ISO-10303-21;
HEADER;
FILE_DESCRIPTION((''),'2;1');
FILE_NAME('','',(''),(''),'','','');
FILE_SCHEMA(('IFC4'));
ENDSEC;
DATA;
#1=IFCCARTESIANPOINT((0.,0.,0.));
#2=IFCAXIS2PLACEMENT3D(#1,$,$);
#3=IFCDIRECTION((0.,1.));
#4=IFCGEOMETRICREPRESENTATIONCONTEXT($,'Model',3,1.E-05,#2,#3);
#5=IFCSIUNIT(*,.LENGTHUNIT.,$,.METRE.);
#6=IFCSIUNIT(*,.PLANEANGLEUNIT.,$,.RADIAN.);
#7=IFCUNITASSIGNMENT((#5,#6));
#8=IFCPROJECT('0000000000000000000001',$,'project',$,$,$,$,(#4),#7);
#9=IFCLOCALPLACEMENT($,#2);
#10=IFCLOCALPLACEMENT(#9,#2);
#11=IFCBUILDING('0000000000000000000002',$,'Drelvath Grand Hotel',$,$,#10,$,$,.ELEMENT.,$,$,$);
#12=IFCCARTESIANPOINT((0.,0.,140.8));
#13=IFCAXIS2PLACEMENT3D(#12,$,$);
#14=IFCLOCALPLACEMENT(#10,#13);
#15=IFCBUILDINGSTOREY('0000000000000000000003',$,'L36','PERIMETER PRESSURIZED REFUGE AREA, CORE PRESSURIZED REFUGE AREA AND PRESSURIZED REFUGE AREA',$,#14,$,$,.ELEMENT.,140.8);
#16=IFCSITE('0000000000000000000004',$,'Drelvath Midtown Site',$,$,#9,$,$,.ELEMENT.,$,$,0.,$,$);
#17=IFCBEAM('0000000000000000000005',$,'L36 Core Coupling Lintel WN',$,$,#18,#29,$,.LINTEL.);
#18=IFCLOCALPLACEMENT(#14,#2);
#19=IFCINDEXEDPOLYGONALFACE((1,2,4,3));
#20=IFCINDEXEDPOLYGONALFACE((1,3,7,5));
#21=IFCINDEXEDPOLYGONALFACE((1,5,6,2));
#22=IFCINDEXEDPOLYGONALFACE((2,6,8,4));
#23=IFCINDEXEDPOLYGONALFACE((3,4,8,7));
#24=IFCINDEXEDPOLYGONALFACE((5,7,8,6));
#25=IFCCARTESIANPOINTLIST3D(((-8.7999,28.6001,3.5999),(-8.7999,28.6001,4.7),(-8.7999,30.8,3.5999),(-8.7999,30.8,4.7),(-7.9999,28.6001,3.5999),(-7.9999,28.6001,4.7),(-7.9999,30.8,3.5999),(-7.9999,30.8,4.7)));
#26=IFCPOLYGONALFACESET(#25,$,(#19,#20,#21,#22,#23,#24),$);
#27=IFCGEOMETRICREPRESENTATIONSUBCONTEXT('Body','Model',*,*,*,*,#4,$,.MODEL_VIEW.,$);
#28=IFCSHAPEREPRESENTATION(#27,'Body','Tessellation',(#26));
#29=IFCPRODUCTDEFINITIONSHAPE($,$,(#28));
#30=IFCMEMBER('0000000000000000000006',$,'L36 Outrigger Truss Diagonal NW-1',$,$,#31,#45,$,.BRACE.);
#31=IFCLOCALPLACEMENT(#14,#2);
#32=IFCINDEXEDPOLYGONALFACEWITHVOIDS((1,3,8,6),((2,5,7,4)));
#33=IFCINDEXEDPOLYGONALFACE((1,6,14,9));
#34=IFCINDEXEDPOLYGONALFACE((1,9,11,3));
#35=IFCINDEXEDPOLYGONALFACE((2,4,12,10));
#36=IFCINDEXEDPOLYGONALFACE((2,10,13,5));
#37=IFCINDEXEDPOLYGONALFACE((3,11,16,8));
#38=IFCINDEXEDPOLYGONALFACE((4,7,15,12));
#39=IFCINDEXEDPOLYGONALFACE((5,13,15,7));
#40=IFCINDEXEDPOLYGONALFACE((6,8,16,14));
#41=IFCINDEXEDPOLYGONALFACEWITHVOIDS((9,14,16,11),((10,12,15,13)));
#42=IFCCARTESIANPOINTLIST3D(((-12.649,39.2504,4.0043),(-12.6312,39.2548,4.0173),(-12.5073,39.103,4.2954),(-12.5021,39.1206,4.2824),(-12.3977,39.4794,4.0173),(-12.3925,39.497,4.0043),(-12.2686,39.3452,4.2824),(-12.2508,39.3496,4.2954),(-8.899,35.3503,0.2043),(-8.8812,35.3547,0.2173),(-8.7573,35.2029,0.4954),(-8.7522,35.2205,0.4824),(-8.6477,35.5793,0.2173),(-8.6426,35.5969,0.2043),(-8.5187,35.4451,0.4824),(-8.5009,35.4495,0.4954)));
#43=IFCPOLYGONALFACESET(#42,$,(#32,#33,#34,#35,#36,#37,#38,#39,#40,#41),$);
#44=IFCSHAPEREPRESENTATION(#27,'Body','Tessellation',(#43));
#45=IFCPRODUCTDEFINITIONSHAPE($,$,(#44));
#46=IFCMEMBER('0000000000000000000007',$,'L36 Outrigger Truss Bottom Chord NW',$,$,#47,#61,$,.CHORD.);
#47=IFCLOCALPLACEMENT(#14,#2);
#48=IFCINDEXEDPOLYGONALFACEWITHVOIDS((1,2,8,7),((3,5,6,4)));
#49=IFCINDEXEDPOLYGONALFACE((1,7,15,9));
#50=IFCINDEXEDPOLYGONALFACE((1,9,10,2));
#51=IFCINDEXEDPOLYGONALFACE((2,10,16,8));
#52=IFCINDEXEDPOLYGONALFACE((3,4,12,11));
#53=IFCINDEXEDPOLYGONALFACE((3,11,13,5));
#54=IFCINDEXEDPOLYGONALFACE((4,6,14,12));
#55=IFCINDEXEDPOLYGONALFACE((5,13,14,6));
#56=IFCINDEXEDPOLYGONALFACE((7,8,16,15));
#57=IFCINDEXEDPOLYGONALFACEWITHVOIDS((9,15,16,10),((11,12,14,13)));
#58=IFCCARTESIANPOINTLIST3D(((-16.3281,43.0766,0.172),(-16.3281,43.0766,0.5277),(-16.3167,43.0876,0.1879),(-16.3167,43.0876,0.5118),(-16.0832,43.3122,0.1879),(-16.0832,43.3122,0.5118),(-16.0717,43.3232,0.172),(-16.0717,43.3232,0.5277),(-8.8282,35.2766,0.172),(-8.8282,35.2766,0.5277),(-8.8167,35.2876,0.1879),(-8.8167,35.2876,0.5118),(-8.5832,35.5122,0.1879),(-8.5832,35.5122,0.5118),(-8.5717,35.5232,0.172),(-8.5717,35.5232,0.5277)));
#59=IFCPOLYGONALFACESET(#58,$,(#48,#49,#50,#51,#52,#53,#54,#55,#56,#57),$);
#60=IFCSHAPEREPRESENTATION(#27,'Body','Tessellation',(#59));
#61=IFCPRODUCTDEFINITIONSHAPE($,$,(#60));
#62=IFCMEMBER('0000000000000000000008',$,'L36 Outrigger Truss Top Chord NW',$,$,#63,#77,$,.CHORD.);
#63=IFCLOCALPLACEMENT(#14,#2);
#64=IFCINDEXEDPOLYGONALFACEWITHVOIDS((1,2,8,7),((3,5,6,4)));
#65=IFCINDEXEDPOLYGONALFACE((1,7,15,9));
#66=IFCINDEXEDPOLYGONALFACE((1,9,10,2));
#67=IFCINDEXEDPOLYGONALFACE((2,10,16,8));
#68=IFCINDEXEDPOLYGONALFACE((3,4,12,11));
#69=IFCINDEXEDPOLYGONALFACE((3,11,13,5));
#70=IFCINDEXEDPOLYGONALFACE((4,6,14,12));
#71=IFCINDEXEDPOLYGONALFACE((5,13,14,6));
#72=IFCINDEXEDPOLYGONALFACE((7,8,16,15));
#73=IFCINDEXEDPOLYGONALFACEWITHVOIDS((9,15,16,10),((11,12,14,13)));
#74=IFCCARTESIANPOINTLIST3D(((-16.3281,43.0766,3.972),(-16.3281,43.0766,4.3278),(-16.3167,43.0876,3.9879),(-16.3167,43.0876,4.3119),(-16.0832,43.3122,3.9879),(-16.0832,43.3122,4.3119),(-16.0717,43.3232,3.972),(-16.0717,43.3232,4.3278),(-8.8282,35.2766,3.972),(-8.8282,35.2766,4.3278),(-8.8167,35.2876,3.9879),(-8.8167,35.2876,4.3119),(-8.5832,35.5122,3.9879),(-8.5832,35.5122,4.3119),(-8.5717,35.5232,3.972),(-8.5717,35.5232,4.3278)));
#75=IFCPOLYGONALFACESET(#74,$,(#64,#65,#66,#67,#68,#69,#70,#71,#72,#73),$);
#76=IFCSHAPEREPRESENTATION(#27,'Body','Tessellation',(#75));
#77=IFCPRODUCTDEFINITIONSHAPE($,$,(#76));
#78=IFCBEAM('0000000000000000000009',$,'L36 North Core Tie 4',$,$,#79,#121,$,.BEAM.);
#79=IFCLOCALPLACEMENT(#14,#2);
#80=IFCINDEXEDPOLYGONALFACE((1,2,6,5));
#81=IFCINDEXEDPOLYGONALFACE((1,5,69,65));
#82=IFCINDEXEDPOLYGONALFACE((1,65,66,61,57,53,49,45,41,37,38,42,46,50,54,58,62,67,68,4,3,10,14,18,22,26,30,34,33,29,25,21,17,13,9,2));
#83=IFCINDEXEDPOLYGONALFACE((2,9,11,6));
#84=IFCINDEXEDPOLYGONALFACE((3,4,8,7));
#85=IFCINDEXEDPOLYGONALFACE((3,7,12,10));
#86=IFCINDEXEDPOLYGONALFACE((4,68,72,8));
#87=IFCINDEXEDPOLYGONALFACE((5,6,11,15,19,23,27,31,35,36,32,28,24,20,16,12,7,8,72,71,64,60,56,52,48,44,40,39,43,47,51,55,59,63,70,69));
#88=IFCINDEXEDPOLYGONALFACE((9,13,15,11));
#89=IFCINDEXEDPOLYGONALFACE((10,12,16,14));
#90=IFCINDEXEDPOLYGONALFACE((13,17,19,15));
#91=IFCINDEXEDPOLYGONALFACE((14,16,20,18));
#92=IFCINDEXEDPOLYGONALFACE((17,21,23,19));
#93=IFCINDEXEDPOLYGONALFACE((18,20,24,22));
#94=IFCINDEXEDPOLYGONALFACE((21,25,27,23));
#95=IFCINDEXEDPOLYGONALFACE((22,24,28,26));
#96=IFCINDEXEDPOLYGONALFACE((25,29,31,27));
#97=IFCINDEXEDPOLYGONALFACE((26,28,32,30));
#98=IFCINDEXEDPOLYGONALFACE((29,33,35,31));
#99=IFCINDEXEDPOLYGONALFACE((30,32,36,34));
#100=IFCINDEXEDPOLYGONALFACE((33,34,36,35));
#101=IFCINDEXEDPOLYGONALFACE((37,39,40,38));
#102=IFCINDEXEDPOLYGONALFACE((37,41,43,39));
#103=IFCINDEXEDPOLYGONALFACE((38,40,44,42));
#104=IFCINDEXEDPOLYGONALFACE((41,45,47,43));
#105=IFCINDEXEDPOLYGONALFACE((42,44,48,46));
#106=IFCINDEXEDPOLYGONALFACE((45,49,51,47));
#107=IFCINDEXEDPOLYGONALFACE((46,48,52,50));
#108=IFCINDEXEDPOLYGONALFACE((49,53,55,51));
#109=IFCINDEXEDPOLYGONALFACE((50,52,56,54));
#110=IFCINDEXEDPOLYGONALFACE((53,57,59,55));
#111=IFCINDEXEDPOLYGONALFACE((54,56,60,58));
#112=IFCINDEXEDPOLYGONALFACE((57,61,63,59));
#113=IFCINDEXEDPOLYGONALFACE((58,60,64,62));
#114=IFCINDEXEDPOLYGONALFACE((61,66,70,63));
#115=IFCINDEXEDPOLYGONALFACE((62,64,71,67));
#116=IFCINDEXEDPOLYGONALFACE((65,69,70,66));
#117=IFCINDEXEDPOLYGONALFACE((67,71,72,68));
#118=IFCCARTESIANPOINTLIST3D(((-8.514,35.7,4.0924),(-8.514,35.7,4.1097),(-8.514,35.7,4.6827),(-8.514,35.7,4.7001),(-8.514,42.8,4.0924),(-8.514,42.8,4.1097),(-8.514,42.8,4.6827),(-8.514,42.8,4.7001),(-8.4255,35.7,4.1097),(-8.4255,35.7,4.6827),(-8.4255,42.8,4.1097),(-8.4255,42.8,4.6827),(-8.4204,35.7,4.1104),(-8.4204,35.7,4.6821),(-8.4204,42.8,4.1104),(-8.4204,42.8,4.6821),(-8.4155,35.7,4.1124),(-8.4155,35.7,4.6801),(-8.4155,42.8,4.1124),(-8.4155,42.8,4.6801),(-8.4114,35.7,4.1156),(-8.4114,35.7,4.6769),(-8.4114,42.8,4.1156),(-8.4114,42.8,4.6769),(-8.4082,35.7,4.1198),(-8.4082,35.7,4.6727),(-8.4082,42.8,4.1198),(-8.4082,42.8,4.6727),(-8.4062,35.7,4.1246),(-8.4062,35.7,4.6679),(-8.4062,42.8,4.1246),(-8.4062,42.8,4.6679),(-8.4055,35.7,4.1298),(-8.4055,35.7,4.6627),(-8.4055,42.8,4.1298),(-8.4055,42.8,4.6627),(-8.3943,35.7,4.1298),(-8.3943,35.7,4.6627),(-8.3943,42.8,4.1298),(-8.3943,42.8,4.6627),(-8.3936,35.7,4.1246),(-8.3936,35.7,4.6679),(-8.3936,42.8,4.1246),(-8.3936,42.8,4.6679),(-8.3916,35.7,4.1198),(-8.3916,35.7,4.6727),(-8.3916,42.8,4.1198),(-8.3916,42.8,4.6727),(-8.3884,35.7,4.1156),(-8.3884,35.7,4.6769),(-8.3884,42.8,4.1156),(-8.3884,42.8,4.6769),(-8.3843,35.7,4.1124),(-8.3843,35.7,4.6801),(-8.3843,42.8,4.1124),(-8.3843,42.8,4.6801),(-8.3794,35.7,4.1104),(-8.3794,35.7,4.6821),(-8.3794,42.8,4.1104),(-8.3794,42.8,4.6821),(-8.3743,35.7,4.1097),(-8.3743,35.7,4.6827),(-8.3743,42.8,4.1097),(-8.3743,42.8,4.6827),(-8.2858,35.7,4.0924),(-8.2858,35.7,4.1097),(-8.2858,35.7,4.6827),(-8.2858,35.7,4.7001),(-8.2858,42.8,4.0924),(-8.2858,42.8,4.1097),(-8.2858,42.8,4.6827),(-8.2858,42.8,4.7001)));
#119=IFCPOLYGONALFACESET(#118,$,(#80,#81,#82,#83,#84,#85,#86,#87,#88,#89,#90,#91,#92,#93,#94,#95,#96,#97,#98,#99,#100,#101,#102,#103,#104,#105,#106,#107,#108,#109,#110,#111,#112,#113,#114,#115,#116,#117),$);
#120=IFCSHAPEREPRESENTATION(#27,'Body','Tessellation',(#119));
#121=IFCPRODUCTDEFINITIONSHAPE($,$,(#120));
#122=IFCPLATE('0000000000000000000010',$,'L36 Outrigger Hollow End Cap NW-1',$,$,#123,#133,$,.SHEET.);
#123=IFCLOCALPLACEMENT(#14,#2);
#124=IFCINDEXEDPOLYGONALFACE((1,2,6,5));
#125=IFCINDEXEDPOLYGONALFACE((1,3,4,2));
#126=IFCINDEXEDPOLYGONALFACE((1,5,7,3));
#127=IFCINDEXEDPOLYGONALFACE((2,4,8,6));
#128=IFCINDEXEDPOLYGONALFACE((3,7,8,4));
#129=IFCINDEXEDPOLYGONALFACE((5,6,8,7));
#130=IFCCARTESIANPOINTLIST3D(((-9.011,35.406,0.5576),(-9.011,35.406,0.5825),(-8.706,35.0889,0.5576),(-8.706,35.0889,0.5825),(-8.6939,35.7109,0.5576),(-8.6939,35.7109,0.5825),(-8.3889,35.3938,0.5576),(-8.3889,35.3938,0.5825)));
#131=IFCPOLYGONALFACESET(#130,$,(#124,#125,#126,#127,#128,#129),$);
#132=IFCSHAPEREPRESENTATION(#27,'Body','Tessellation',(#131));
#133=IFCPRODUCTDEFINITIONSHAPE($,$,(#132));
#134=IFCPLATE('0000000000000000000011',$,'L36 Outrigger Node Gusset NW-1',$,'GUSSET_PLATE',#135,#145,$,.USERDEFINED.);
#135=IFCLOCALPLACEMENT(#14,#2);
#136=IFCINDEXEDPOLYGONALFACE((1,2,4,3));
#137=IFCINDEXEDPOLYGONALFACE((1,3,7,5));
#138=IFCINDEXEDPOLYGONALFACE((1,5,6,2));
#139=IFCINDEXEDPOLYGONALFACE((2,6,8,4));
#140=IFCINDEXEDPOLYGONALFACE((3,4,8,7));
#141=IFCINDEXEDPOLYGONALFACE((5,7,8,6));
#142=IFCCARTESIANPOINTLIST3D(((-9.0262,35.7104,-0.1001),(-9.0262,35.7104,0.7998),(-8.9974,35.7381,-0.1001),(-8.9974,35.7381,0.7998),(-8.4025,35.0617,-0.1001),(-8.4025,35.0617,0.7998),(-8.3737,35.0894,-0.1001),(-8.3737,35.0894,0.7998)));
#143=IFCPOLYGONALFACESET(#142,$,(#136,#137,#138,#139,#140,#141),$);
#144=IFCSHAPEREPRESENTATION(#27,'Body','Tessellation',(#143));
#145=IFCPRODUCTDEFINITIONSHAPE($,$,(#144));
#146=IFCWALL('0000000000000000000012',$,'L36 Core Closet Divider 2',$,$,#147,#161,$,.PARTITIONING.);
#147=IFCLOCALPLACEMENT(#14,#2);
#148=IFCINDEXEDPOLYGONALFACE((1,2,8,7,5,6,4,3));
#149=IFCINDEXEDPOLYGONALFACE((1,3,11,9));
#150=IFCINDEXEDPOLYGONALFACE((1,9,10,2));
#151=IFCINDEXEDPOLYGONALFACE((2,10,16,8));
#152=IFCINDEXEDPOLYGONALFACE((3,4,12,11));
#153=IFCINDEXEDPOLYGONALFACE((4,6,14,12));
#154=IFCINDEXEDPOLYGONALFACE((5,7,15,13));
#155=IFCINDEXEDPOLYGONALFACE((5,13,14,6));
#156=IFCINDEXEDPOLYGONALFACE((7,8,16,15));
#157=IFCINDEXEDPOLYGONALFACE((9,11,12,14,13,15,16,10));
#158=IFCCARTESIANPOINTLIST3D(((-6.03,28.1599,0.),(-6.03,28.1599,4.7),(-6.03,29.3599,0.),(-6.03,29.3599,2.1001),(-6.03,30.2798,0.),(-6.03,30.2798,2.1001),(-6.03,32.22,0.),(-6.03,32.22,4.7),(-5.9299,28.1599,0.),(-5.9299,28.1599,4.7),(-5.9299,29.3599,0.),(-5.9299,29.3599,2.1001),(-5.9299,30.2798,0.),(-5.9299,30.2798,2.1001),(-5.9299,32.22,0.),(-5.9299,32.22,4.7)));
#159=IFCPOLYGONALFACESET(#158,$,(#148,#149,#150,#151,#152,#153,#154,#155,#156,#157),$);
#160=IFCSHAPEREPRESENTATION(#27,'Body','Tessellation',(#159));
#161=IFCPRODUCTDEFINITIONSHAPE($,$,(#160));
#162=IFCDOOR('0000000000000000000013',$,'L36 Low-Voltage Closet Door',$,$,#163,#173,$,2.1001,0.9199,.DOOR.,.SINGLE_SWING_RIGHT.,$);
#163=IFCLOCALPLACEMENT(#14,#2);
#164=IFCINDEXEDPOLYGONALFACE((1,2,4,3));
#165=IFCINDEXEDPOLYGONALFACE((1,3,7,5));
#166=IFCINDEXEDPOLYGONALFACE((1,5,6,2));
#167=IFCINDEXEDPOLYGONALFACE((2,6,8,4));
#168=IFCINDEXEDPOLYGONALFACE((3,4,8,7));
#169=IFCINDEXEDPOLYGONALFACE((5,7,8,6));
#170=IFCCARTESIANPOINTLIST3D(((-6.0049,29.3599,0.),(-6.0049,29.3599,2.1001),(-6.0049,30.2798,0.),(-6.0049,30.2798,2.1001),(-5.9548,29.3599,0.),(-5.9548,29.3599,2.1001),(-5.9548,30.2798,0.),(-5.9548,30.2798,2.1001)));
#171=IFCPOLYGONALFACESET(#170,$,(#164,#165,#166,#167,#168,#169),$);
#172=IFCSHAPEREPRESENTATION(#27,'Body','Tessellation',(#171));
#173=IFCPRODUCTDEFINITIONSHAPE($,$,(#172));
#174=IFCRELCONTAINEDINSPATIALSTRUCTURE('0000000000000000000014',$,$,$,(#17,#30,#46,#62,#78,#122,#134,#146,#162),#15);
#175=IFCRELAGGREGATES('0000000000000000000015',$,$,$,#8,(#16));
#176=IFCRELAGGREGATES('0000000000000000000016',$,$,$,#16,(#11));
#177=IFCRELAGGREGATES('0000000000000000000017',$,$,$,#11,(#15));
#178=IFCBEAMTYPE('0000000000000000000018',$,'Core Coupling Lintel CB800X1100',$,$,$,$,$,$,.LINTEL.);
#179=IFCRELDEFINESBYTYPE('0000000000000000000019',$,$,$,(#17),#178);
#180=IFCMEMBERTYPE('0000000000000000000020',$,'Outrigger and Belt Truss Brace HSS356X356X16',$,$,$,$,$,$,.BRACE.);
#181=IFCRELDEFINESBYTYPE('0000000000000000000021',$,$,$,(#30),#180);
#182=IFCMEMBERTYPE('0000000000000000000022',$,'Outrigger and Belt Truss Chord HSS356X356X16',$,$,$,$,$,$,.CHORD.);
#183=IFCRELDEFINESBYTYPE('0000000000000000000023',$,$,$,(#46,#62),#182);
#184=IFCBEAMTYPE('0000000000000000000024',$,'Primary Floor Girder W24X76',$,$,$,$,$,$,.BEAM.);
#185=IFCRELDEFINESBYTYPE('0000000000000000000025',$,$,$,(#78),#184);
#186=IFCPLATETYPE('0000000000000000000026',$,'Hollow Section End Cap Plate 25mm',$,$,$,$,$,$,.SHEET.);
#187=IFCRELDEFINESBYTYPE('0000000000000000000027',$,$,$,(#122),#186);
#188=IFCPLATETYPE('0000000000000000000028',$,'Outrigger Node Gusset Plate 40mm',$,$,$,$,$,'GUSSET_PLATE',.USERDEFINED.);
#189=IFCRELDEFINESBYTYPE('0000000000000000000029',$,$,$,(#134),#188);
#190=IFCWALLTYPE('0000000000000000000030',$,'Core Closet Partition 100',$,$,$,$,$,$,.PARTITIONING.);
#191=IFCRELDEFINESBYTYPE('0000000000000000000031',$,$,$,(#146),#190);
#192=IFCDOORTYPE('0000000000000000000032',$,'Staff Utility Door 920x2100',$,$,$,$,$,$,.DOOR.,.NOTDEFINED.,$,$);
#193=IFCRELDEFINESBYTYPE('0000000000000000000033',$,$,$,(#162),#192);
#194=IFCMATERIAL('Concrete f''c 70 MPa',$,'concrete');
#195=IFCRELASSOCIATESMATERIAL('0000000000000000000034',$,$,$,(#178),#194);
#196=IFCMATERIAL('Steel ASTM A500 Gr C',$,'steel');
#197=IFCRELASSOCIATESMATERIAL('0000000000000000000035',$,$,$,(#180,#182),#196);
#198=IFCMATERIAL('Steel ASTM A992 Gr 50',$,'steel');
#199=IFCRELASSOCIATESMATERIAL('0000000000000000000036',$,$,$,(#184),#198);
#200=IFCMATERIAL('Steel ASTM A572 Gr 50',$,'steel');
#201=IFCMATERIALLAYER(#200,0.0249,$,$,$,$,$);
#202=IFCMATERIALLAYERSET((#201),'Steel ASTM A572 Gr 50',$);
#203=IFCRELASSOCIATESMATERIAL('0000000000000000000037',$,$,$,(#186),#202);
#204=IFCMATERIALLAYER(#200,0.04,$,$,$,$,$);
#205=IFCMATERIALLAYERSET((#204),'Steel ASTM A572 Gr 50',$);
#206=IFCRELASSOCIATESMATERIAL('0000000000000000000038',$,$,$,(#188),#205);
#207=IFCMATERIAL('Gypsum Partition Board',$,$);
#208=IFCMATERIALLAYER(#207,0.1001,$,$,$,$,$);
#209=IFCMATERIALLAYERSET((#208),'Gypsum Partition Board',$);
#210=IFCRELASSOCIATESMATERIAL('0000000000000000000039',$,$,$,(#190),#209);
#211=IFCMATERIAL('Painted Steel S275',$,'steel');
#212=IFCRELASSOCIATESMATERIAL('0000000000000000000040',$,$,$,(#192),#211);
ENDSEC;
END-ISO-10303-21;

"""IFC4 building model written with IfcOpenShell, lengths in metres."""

from ifc_helpers import new_model, si_unit, direction, frame, frame_2d, origin, origin_2d, place, context, subcontext, project, spatial, rectangle, hollow_rectangle, i_section, extrude, material, layer, layer_set, material_profile, profile_set, type_object, element, fill, save


model = new_model("IFC4")

# Units and contexts
model_context = context("Model", 3, precision=1e-05, world=origin(), true_north=direction((0.0, 1.0)))
body_context = subcontext(model_context, "Body", "Model", "MODEL_VIEW")
ifc_project = project(units=[si_unit("LENGTHUNIT", "METRE"), si_unit("PLANEANGLEUNIT", "RADIAN")], contexts=[model_context])

# Site, building, storey
site_placement = place(None, origin())
site = spatial("IfcSite", under=ifc_project, at=site_placement, Name="Drelvath Midtown Site", CompositionType="ELEMENT", RefElevation=0.0)
building_placement = place(site_placement, origin())
building = spatial("IfcBuilding", under=site, at=building_placement, Name="Drelvath Grand Hotel", CompositionType="ELEMENT")
storey_placement = place(building_placement, frame((0.0, 0.0, 140.8)))
storey = spatial("IfcBuildingStorey", under=building, at=storey_placement, Name="L36", Description="PERIMETER PRESSURIZED REFUGE AREA, CORE PRESSURIZED REFUGE AREA AND PRESSURIZED REFUGE AREA", CompositionType="ELEMENT", Elevation=140.8)

# Beam
ifc_material_1 = material(Name="Concrete f'c 70 MPa", Category="concrete")
ifc_material_profile_1 = material_profile(ifc_material_1, rectangle(XDim=0.8, YDim=1.1001, at=origin_2d()), Name="CB800X1100")
ifc_profile_set_1 = profile_set([ifc_material_profile_1], Name="Concrete f'c 70 MPa")
beam_type_1 = type_object("IfcBeamType", Name="Core Coupling Lintel CB800X1100", PredefinedType="LINTEL", material=ifc_profile_set_1)
beam_1_placement = place(storey_placement, frame((-8.3999, 28.6001, 4.1499), z_axis=(0.0, 1.0, 0.0), x_axis=(-1.0, 0.0, 0.0)))
element("IfcBeam", 1, at=beam_1_placement, inside=storey, type_object=beam_type_1, Name="L36 Core Coupling Lintel WN", PredefinedType="LINTEL", context=body_context, shape_type="SweptSolid", body=[
    extrude(rectangle(XDim=0.8, YDim=1.1001, at=origin_2d()), origin(), (0.0, 0.0, 1.0), 2.2),
])

# Members
ifc_material_2 = material(Name="Steel ASTM A500 Gr C", Category="steel")
ifc_material_profile_2 = material_profile(ifc_material_2, hollow_rectangle(XDim=0.3557, YDim=0.3557, WallThickness=0.0159, at=origin_2d()), Name="HSS356X356X16")
ifc_profile_set_2 = profile_set([ifc_material_profile_2], Name="Steel ASTM A500 Gr C")
member_type_1 = type_object("IfcMemberType", Name="Outrigger and Belt Truss Brace HSS356X356X16", PredefinedType="BRACE", material=ifc_profile_set_2)
member_placement = place(storey_placement, frame((-8.7, 35.3999, 0.3499), z_axis=(-0.56718, 0.589889, 0.57475), x_axis=(-0.720846, -0.693095, 0.0)))
element("IfcMember", 2, at=member_placement, inside=storey, type_object=member_type_1, Name="L36 Outrigger Truss Diagonal NW-1", PredefinedType="BRACE", context=body_context, shape_type="SweptSolid", body=[
    extrude(hollow_rectangle(XDim=0.3557, YDim=0.3557, WallThickness=0.0159, at=origin_2d()), origin(), (0.0, 0.0, 1.0), 6.6116),
])
ifc_material_profile_3 = material_profile(ifc_material_2, hollow_rectangle(XDim=0.3557, YDim=0.3557, WallThickness=0.0159, at=origin_2d()), Name="HSS356X356X16")
ifc_profile_set_3 = profile_set([ifc_material_profile_3], Name="Steel ASTM A500 Gr C")
member_type_2 = type_object("IfcMemberType", Name="Outrigger and Belt Truss Chord HSS356X356X16", PredefinedType="CHORD", material=ifc_profile_set_3)
for number, where, z_axis, x_axis, name in (
    (3, (-8.7, 35.3999, 0.3499), (-0.693106, 0.720835, 0.0), (-0.720835, -0.693106, 0.0), "L36 Outrigger Truss Bottom Chord NW"),
    (4, (-8.7, 35.3999, 4.1499), (-0.693106, 0.720835, 0.0), (-0.720835, -0.693106, 0.0), "L36 Outrigger Truss Top Chord NW"),
):
    element("IfcMember", number, at=place(storey_placement, frame(where, z_axis=z_axis, x_axis=x_axis)), inside=storey, type_object=member_type_2, Name=name, PredefinedType="CHORD", context=body_context, shape_type="SweptSolid", body=[
        extrude(hollow_rectangle(XDim=0.3557, YDim=0.3557, WallThickness=0.0159, at=origin_2d()), origin(), (0.0, 0.0, 1.0), 10.8208),
    ])

# Beam
ifc_material_3 = material(Name="Steel ASTM A992 Gr 50", Category="steel")
ifc_material_profile_4 = material_profile(ifc_material_3, i_section(OverallWidth=0.2283, OverallDepth=0.6077, WebThickness=0.0112, FlangeThickness=0.0173, FilletRadius=0.02, at=origin_2d()), Name="W24X76")
ifc_profile_set_4 = profile_set([ifc_material_profile_4], Name="Steel ASTM A992 Gr 50")
beam_type_2 = type_object("IfcBeamType", Name="Primary Floor Girder W24X76", PredefinedType="BEAM", material=ifc_profile_set_4)
beam_2_placement = place(storey_placement, frame((-8.3999, 35.7, 4.3962), z_axis=(0.0, 1.0, 0.0), x_axis=(-1.0, 0.0, 0.0)))
element("IfcBeam", 5, at=beam_2_placement, inside=storey, type_object=beam_type_2, Name="L36 North Core Tie 4", PredefinedType="BEAM", context=body_context, shape_type="SweptSolid", body=[
    extrude(i_section(OverallWidth=0.2283, OverallDepth=0.6077, WebThickness=0.0112, FlangeThickness=0.0173, FilletRadius=0.02, at=origin_2d()), origin(), (0.0, 0.0, 1.0), 7.1001),
])

# Plates
ifc_material_4 = material(Name="Steel ASTM A572 Gr 50", Category="steel")
ifc_layer_1 = layer(ifc_material_4, 0.0249)
ifc_layer_set_1 = layer_set([ifc_layer_1], Name="Steel ASTM A572 Gr 50")
plate_type_1 = type_object("IfcPlateType", Name="Hollow Section End Cap Plate 25mm", PredefinedType="SHEET", material=ifc_layer_set_1)
plate_1_placement = place(storey_placement, frame((-8.7, 35.3999, 0.5576), z_axis=(0.0, 0.0, 1.0), x_axis=(-0.693109, 0.720833, 0.0)))
element("IfcPlate", 6, at=plate_1_placement, inside=storey, type_object=plate_type_1, Name="L36 Outrigger Hollow End Cap NW-1", PredefinedType="SHEET", context=body_context, shape_type="SweptSolid", body=[
    extrude(rectangle(XDim=0.4399, YDim=0.4399, at=origin_2d()), origin(), (0.0, 0.0, 1.0), 0.0249),
])
ifc_layer_2 = layer(ifc_material_4, 0.04)
ifc_layer_set_2 = layer_set([ifc_layer_2], Name="Steel ASTM A572 Gr 50")
plate_type_2 = type_object("IfcPlateType", Name="Outrigger Node Gusset Plate 40mm", ElementType="GUSSET_PLATE", PredefinedType="USERDEFINED", material=ifc_layer_set_2)
plate_2_placement = place(storey_placement, frame((-8.7, 35.3999, -0.1001), z_axis=(0.0, 0.0, 1.0), x_axis=(-0.693109, 0.720833, 0.0)))
element("IfcPlate", 7, at=plate_2_placement, inside=storey, type_object=plate_type_2, Name="L36 Outrigger Node Gusset NW-1", ObjectType="GUSSET_PLATE", PredefinedType="USERDEFINED", context=body_context, shape_type="SweptSolid", body=[
    extrude(rectangle(XDim=0.8999, YDim=0.04, at=origin_2d()), origin(), (0.0, 0.0, 1.0), 0.8999),
])

# Wall, opening, door
ifc_material_5 = material(Name="Gypsum Partition Board")
ifc_layer_3 = layer(ifc_material_5, 0.1001)
ifc_layer_set_3 = layer_set([ifc_layer_3], Name="Gypsum Partition Board")
wall_type_1 = type_object("IfcWallType", Name="Core Closet Partition 100", PredefinedType="PARTITIONING", material=ifc_layer_set_3)
wall_1_placement = place(storey_placement, frame((-5.98, 28.1599, 0.0), z_axis=(0.0, 0.0, 1.0), x_axis=(0.0, 1.0, 0.0)))
wall_1 = element("IfcWall", 8, at=wall_1_placement, inside=storey, type_object=wall_type_1, Name="L36 Core Closet Divider 2", PredefinedType="PARTITIONING", context=body_context, shape_type="SweptSolid", body=[
    extrude(rectangle(XDim=4.0601, YDim=0.1001, at=frame_2d((2.03, 0.0))), origin(), (0.0, 0.0, 1.0), 4.7),
])
opening_1_placement = place(wall_1_placement, frame((1.2, 0.0, 0.0)))
opening_1 = element("IfcOpeningElement", 9, at=opening_1_placement, cuts=wall_1, PredefinedType="OPENING", context=body_context, shape_type="SweptSolid", body=[
    extrude(rectangle(XDim=0.9199, YDim=2.1001, at=frame_2d((0.46, 1.05))), frame((0.0, 0.0601, 0.0), z_axis=(0.0, -1.0, 0.0), x_axis=(1.0, 0.0, 0.0)), (0.0, 0.0, 1.0), 0.1201),
])
ifc_material_6 = material(Name="Painted Steel S275", Category="steel")
door_type_1 = type_object("IfcDoorType", Name="Staff Utility Door 920x2100", OperationType="NOTDEFINED", PredefinedType="DOOR", material=ifc_material_6)
door_1_placement = place(opening_1_placement, origin())
door_1 = element("IfcDoor", 10, at=door_1_placement, inside=storey, type_object=door_type_1, Name="L36 Low-Voltage Closet Door", OperationType="SINGLE_SWING_RIGHT", OverallHeight=2.1001, OverallWidth=0.9199, PredefinedType="DOOR", context=body_context, shape_type="SweptSolid", body=[
    extrude(rectangle(XDim=0.9199, YDim=2.1001, at=frame_2d((0.46, 1.05))), frame((0.0, 0.0249, 0.0), z_axis=(0.0, -1.0, 0.0), x_axis=(1.0, 0.0, 0.0)), (0.0, 0.0, 1.0), 0.05),
])
fill(opening_1, door_1)

save(model, "model.ifc")
